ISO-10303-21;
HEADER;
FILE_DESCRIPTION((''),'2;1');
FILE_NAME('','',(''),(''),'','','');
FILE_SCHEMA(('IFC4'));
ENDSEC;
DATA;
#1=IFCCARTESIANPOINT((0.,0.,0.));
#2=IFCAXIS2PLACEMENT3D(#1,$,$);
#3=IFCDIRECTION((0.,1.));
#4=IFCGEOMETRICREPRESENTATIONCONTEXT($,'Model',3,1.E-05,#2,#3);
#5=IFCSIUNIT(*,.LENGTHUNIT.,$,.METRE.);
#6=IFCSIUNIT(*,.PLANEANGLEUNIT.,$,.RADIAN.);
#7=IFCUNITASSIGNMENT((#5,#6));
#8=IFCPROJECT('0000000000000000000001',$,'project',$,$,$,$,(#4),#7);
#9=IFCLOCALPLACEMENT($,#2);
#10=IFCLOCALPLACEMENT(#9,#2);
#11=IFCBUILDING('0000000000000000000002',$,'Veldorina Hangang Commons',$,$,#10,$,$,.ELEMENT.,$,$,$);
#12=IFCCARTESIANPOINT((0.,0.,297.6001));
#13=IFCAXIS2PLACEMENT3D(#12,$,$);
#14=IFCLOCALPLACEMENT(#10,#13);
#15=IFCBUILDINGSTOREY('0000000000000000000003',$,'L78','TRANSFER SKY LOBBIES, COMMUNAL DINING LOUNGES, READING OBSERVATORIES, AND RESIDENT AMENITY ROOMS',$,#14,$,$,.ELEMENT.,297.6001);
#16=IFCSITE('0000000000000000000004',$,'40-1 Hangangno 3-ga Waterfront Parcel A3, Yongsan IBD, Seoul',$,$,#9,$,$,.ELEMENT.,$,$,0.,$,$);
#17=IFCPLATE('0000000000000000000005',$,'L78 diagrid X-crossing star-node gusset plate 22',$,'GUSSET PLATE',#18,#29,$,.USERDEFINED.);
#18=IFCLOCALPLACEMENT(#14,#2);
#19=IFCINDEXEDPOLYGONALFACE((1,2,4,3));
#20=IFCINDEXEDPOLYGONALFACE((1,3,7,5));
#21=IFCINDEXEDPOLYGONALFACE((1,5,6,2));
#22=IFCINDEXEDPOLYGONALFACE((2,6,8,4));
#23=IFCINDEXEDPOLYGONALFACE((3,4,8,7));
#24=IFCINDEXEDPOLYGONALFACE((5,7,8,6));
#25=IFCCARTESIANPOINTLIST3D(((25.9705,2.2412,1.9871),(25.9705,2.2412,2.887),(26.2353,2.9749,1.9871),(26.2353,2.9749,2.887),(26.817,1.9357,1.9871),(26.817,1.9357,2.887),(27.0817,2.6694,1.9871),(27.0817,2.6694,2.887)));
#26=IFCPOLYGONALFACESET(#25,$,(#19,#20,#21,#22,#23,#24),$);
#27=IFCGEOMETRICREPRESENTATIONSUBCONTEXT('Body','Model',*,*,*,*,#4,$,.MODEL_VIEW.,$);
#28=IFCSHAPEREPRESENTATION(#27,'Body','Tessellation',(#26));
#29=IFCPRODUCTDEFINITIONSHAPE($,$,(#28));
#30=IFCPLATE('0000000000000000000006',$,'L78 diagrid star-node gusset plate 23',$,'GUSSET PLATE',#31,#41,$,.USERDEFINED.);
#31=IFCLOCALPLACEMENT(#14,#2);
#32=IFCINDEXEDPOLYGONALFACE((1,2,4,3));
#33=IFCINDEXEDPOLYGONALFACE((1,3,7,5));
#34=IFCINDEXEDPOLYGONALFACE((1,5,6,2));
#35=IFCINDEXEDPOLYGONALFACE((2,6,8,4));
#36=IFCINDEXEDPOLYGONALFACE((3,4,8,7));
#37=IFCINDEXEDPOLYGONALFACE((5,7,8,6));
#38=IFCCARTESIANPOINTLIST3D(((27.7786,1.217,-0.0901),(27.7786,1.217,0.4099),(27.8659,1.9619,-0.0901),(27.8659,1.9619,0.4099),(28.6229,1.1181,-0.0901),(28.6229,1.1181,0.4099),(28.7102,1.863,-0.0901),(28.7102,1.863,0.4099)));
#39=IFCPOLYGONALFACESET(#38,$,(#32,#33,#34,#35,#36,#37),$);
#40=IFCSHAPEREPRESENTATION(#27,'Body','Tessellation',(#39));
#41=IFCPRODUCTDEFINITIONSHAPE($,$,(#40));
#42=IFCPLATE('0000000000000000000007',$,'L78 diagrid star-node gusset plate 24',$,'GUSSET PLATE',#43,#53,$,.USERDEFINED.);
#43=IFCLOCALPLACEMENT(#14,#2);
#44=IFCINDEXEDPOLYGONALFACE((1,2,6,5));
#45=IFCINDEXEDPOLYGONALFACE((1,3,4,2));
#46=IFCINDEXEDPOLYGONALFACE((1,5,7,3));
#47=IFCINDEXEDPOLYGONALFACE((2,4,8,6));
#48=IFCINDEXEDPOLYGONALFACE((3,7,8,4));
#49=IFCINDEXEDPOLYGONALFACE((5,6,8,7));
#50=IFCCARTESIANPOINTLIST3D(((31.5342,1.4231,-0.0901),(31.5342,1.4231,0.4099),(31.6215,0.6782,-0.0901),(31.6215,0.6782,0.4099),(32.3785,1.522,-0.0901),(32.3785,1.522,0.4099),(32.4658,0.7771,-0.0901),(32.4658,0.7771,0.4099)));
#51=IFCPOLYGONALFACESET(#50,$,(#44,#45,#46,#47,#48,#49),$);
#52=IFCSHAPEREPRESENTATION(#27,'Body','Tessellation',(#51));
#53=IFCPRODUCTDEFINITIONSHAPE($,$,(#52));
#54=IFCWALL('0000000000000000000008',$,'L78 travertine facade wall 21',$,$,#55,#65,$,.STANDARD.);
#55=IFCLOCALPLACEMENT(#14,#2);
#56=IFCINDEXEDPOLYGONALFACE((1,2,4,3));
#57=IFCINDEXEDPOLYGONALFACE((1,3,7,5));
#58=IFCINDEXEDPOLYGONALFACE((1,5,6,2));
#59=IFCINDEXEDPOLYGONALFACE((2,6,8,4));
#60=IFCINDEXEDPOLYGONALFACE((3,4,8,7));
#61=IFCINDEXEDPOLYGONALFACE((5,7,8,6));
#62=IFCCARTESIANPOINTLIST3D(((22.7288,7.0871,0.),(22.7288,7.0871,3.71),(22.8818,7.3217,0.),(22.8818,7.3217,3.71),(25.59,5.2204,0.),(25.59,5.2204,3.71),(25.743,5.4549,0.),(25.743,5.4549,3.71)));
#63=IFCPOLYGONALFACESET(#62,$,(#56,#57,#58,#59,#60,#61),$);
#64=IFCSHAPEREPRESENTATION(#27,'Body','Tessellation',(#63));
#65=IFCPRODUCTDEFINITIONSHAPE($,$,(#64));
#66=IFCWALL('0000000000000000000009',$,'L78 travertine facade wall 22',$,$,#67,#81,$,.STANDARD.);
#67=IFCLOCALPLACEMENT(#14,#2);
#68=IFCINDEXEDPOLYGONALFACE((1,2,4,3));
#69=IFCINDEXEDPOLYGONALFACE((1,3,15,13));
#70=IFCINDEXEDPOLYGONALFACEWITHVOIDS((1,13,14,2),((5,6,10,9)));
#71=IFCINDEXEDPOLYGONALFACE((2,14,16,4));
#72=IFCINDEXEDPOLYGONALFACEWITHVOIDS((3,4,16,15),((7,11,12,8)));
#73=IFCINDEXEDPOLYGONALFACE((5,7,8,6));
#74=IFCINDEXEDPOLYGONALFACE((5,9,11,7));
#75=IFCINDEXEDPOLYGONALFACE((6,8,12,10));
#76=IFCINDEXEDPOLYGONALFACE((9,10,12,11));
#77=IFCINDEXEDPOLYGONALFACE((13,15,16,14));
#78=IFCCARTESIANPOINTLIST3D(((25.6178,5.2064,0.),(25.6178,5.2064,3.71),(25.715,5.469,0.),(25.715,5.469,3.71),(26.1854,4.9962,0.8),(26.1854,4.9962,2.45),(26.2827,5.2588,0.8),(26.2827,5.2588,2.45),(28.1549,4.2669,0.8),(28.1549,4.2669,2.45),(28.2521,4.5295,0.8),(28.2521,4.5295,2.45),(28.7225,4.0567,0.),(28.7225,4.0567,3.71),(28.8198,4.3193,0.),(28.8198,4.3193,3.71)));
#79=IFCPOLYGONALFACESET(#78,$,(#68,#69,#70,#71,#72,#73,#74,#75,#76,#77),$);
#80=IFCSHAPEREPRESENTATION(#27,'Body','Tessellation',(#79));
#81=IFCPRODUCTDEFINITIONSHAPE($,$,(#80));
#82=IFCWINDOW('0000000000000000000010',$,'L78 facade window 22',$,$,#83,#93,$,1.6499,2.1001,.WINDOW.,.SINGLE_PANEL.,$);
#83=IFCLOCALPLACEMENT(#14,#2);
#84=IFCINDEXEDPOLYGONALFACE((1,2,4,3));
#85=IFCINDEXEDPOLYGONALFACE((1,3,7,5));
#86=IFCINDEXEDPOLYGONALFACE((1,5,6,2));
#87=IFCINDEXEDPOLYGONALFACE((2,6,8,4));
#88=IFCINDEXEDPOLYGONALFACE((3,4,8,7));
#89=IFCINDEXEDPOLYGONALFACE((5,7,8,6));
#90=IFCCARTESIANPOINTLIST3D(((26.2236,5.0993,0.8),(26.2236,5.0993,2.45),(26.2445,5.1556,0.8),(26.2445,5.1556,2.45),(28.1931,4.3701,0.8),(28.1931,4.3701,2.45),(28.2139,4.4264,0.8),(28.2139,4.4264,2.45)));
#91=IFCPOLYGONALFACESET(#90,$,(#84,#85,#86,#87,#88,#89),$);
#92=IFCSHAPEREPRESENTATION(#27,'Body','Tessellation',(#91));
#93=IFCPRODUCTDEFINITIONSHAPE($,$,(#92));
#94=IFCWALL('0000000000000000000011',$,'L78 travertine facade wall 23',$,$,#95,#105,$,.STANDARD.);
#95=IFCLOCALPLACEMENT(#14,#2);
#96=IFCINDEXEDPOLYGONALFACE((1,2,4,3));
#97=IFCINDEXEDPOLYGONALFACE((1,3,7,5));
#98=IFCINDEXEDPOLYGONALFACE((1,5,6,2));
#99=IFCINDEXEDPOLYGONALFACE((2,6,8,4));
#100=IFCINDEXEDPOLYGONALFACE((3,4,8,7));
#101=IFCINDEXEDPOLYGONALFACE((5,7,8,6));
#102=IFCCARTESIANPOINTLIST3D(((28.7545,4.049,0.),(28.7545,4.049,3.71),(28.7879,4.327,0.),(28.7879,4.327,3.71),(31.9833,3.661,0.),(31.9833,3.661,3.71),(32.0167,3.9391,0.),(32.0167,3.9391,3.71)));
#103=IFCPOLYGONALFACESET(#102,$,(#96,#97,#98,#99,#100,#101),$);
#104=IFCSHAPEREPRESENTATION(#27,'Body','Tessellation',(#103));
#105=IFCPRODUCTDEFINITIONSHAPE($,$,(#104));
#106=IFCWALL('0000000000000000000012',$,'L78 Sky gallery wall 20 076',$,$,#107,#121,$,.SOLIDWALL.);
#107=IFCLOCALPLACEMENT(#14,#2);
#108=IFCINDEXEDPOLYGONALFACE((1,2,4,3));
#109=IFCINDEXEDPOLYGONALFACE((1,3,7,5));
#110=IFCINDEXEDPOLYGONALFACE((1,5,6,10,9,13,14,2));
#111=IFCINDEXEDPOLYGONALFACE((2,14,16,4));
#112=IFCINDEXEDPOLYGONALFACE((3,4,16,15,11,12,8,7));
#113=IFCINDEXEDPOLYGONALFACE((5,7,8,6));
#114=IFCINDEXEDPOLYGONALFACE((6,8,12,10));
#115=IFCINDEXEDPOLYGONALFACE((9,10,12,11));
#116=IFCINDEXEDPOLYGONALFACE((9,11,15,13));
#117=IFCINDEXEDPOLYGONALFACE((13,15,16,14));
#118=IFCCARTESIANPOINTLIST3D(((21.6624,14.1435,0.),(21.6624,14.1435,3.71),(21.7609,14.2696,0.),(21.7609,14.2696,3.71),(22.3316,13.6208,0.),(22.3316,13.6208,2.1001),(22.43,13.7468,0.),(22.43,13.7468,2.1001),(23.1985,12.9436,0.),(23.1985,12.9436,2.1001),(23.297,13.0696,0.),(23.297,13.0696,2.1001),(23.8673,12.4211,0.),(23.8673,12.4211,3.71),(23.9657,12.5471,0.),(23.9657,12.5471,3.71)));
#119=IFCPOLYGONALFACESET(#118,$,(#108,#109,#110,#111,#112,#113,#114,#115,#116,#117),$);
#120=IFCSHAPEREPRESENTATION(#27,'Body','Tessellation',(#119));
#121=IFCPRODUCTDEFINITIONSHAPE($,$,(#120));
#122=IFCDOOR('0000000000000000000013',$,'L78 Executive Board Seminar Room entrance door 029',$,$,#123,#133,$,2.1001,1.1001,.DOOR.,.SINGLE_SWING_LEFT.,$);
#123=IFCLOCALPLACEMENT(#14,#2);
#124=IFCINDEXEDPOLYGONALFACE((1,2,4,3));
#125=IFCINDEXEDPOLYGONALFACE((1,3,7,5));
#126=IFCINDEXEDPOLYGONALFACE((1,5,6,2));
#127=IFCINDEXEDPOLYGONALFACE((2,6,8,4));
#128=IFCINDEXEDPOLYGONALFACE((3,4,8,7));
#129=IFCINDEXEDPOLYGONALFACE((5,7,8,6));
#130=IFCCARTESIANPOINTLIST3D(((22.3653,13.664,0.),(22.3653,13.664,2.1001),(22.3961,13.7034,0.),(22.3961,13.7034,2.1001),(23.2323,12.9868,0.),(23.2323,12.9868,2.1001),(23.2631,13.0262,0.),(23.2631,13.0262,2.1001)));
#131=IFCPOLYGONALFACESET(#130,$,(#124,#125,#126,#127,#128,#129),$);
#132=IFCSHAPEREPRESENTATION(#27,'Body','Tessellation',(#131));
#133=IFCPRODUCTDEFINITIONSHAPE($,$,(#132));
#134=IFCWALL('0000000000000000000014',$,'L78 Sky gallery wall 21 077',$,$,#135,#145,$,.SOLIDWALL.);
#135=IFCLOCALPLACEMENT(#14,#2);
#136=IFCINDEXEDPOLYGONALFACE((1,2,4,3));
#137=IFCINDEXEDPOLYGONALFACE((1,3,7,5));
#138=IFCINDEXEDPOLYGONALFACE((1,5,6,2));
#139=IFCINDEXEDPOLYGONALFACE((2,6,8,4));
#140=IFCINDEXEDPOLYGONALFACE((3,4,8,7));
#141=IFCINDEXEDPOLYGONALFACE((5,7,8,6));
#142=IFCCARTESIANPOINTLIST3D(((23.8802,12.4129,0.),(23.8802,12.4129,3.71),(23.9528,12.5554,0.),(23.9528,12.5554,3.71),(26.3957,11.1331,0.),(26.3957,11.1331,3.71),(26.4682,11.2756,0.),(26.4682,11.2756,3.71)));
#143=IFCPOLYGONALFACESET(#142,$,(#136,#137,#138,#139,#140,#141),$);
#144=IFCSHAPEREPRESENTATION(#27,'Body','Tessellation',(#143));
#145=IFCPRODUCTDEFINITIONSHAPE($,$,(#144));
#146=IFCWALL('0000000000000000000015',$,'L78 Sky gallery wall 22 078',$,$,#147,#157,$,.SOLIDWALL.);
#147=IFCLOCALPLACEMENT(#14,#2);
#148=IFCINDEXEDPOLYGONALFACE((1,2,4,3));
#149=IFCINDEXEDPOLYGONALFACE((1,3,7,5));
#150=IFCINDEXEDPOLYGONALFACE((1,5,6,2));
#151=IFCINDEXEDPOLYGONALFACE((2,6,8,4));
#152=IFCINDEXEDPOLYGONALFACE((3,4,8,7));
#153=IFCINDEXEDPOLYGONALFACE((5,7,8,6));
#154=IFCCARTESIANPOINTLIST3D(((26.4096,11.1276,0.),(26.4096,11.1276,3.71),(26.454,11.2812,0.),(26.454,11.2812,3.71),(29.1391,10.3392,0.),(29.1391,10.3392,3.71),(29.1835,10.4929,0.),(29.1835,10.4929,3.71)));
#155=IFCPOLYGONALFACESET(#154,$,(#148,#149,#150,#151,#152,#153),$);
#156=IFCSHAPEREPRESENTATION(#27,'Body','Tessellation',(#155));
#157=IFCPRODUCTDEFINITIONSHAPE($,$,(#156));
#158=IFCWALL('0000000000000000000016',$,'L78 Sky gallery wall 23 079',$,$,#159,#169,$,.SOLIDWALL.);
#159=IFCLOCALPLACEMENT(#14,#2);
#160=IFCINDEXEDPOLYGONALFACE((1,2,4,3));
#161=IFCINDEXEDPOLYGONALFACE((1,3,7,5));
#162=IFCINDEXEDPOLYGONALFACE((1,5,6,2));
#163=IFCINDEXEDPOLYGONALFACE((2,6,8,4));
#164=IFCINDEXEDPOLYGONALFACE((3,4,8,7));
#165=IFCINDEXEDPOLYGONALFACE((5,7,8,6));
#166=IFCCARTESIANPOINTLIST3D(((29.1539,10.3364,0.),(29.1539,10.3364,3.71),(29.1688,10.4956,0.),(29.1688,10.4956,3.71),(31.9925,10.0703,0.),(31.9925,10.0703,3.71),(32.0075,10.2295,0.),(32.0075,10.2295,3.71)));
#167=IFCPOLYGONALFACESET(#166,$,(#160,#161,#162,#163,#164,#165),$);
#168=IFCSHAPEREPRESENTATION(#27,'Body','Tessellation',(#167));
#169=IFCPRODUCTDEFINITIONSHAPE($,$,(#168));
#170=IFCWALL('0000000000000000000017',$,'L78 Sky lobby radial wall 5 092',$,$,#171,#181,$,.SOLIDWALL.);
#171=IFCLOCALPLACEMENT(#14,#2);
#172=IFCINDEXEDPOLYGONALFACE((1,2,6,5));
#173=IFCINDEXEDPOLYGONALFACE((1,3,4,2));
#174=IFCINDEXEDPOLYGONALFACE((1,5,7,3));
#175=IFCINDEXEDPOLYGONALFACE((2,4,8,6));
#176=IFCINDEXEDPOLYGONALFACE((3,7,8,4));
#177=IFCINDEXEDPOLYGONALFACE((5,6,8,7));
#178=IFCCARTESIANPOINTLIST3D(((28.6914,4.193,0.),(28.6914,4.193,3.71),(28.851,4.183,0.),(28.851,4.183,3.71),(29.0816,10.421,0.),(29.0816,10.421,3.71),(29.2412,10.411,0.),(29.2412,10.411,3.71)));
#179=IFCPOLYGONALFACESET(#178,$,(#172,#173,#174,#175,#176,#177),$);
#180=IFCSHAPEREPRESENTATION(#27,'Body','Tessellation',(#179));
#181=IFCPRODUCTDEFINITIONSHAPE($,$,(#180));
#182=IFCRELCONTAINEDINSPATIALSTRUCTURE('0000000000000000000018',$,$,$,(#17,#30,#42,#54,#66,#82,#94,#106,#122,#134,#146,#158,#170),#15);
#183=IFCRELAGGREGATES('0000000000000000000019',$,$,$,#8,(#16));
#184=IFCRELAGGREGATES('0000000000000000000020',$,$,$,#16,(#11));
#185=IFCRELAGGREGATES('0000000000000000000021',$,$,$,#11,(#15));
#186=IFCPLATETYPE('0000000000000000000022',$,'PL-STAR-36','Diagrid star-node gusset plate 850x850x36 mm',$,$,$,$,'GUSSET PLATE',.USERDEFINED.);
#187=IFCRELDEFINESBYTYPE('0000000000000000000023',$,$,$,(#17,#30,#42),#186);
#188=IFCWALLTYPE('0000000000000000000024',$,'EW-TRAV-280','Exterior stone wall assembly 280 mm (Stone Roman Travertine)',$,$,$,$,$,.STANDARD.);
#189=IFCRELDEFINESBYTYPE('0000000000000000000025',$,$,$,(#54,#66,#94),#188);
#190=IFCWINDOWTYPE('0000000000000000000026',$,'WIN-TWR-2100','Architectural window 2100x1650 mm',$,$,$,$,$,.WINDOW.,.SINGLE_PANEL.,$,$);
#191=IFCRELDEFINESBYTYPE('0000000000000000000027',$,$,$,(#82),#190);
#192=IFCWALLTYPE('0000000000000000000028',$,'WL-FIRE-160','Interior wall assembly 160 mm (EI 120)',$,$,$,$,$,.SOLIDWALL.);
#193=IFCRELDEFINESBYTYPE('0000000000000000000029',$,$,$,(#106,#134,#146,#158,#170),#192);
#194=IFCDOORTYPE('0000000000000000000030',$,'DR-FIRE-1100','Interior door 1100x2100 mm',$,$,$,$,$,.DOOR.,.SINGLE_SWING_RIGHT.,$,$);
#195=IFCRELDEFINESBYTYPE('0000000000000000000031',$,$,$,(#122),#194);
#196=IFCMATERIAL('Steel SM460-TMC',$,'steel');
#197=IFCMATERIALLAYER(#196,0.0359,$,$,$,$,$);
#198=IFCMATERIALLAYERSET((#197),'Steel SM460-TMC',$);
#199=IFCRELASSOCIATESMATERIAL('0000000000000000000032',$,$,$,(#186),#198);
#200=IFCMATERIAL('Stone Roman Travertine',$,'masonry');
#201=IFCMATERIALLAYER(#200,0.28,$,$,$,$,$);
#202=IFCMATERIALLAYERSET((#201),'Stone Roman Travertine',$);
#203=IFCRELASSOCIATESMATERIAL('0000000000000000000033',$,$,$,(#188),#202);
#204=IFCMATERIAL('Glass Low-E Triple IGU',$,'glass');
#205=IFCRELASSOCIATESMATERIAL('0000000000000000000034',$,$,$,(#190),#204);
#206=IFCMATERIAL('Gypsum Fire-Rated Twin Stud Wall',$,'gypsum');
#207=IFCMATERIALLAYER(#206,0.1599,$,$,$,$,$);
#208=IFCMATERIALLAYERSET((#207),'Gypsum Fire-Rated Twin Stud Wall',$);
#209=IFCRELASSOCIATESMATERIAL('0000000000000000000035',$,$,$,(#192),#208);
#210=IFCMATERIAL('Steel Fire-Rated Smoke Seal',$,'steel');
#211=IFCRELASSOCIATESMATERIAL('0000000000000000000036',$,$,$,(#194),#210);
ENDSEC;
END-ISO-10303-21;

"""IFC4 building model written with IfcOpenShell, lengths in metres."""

from ifc_helpers import new_model, si_unit, direction, frame, frame_2d, origin, origin_2d, place, context, subcontext, project, spatial, rectangle, extrude, material, layer, layer_set, type_object, element, fill, save


model = new_model("IFC4")

# Units and contexts
model_context = context("Model", 3, precision=1e-05, world=origin(), true_north=direction((0.0, 1.0)))
body_context = subcontext(model_context, "Body", "Model", "MODEL_VIEW")
ifc_project = project(units=[si_unit("LENGTHUNIT", "METRE"), si_unit("PLANEANGLEUNIT", "RADIAN")], contexts=[model_context])

# Site, building, storey
site_placement = place(None, origin())
site = spatial("IfcSite", under=ifc_project, at=site_placement, Name="40-1 Hangangno 3-ga Waterfront Parcel A3, Yongsan IBD, Seoul", CompositionType="ELEMENT", RefElevation=0.0)
building_placement = place(site_placement, origin())
building = spatial("IfcBuilding", under=site, at=building_placement, Name="Veldorina Hangang Commons", CompositionType="ELEMENT")
storey_placement = place(building_placement, frame((0.0, 0.0, 297.6001)))
storey = spatial("IfcBuildingStorey", under=building, at=storey_placement, Name="L78", Description="TRANSFER SKY LOBBIES, COMMUNAL DINING LOUNGES, READING OBSERVATORIES, AND RESIDENT AMENITY ROOMS", CompositionType="ELEMENT", Elevation=297.6001)

# Shared definitions
ifc_material_1 = material(Name="Steel SM460-TMC", Category="steel")

# Plates
ifc_layer_1 = layer(ifc_material_1, 0.0359)
ifc_layer_set_1 = layer_set([ifc_layer_1], Name="Steel SM460-TMC")
plate_type = type_object("IfcPlateType", Name="PL-STAR-36", Description="Diagrid star-node gusset plate 850x850x36 mm", ElementType="GUSSET PLATE", PredefinedType="USERDEFINED", material=ifc_layer_set_1)
plate_1_placement = place(storey_placement, frame((26.5261, 2.4553, 1.9871), z_axis=(0.0, 0.0, 1.0), x_axis=(0.940626, -0.339444, 0.0)))
element("IfcPlate", 1, at=plate_1_placement, inside=storey, type_object=plate_type, Name="L78 diagrid X-crossing star-node gusset plate 22", ObjectType="GUSSET PLATE", PredefinedType="USERDEFINED", context=body_context, shape_type="SweptSolid", body=[
    extrude(rectangle(XDim=0.8999, YDim=0.78, at=origin_2d()), origin(), (0.0, 0.0, 1.0), 0.8999),
])
for number, where, z_axis, x_axis, name in (
    (2, (28.2444, 1.54, -0.0901), (0.0, 0.0, 1.0), (0.993207, -0.116359, 0.0), "L78 diagrid star-node gusset plate 23"),
    (3, (32.0, 1.1001, -0.0901), (0.0, 0.0, 1.0), (0.993207, 0.116359, 0.0), "L78 diagrid star-node gusset plate 24"),
):
    element("IfcPlate", number, at=place(storey_placement, frame(where, z_axis=z_axis, x_axis=x_axis)), inside=storey, type_object=plate_type, Name=name, ObjectType="GUSSET PLATE", PredefinedType="USERDEFINED", context=body_context, shape_type="SweptSolid", body=[
        extrude(rectangle(XDim=0.8501, YDim=0.75, at=origin_2d()), origin(), (0.0, 0.0, 1.0), 0.5),
    ])

# Wall
ifc_material_2 = material(Name="Stone Roman Travertine", Category="masonry")
ifc_layer_2 = layer(ifc_material_2, 0.28)
ifc_layer_set_2 = layer_set([ifc_layer_2], Name="Stone Roman Travertine")
wall_type_1 = type_object("IfcWallType", Name="EW-TRAV-280", Description="Exterior stone wall assembly 280 mm (Stone Roman Travertine)", PredefinedType="STANDARD", material=ifc_layer_set_2)
wall_1_placement = place(storey_placement, frame((22.8054, 7.2043, 0.0), z_axis=(0.0, 0.0, 1.0), x_axis=(0.837507, -0.546427, 0.0)))
element("IfcWall", 4, at=wall_1_placement, inside=storey, type_object=wall_type_1, Name="L78 travertine facade wall 21", PredefinedType="STANDARD", context=body_context, shape_type="SweptSolid", body=[
    extrude(rectangle(XDim=3.4163, YDim=0.28, at=frame_2d((1.708, 0.0))), origin(), (0.0, 0.0, 1.0), 3.71),
])

# Wall, opening, window
wall_2_placement = place(storey_placement, frame((25.6665, 5.3376, 0.0), z_axis=(0.0, 0.0, 1.0), x_axis=(0.937773, -0.34725, 0.0)))
wall_2 = element("IfcWall", 5, at=wall_2_placement, inside=storey, type_object=wall_type_1, Name="L78 travertine facade wall 22", PredefinedType="STANDARD", context=body_context, shape_type="SweptSolid", body=[
    extrude(rectangle(XDim=3.3108, YDim=0.28, at=frame_2d((1.6553, 0.0))), origin(), (0.0, 0.0, 1.0), 3.71),
])
opening_1_placement = place(wall_2_placement, frame((0.6052, 0.0, 0.8)))
opening_1 = element("IfcOpeningElement", 6, at=opening_1_placement, cuts=wall_2, PredefinedType="OPENING", context=body_context, shape_type="SweptSolid", body=[
    extrude(rectangle(XDim=2.1001, YDim=1.6499, at=frame_2d((1.05, 0.825))), frame((0.0, 0.1499, 0.0), z_axis=(0.0, -1.0, 0.0), x_axis=(1.0, 0.0, 0.0)), (0.0, 0.0, 1.0), 0.3),
])
ifc_material_3 = material(Name="Glass Low-E Triple IGU", Category="glass")
window_type = type_object("IfcWindowType", Name="WIN-TWR-2100", Description="Architectural window 2100x1650 mm", PartitioningType="SINGLE_PANEL", PredefinedType="WINDOW", material=ifc_material_3)
window_placement = place(opening_1_placement, origin())
window = element("IfcWindow", 7, at=window_placement, inside=storey, type_object=window_type, Name="L78 facade window 22", OverallHeight=1.6499, OverallWidth=2.1001, PartitioningType="SINGLE_PANEL", PredefinedType="WINDOW", context=body_context, shape_type="SweptSolid", body=[
    extrude(rectangle(XDim=2.1001, YDim=1.6499, at=frame_2d((1.05, 0.825))), frame((0.0, 0.03, 0.0), z_axis=(0.0, -1.0, 0.0), x_axis=(1.0, 0.0, 0.0)), (0.0, 0.0, 1.0), 0.0601),
])
fill(opening_1, window)

# Wall
wall_3_placement = place(storey_placement, frame((28.7712, 4.188, 0.0), z_axis=(0.0, 0.0, 1.0), x_axis=(0.992859, -0.119293, 0.0)))
element("IfcWall", 8, at=wall_3_placement, inside=storey, type_object=wall_type_1, Name="L78 travertine facade wall 23", PredefinedType="STANDARD", context=body_context, shape_type="SweptSolid", body=[
    extrude(rectangle(XDim=3.252, YDim=0.28, at=frame_2d((1.626, 0.0))), origin(), (0.0, 0.0, 1.0), 3.71),
])

# Wall, opening, door
ifc_material_4 = material(Name="Gypsum Fire-Rated Twin Stud Wall", Category="gypsum")
ifc_layer_3 = layer(ifc_material_4, 0.1599)
ifc_layer_set_3 = layer_set([ifc_layer_3], Name="Gypsum Fire-Rated Twin Stud Wall")
wall_type_2 = type_object("IfcWallType", Name="WL-FIRE-160", Description="Interior wall assembly 160 mm (EI 120)", PredefinedType="SOLIDWALL", material=ifc_layer_set_3)
wall_4_placement = place(storey_placement, frame((21.7117, 14.2065, 0.0), z_axis=(0.0, 0.0, 1.0), x_axis=(0.788044, -0.615619, 0.0)))
wall_4 = element("IfcWall", 9, at=wall_4_placement, inside=storey, type_object=wall_type_2, Name="L78 Sky gallery wall 20 076", PredefinedType="SOLIDWALL", context=body_context, shape_type="SweptSolid", body=[
    extrude(rectangle(XDim=2.7979, YDim=0.1599, at=frame_2d((1.3989, 0.0))), origin(), (0.0, 0.0, 1.0), 3.71),
])
opening_2_placement = place(wall_4_placement, frame((0.8491, 0.0, 0.0)))
opening_2 = element("IfcOpeningElement", 10, at=opening_2_placement, cuts=wall_4, PredefinedType="OPENING", context=body_context, shape_type="SweptSolid", body=[
    extrude(rectangle(XDim=1.1001, YDim=2.1001, at=frame_2d((0.55, 1.05))), frame((0.0, 0.0898, 0.0), z_axis=(0.0, -1.0, 0.0), x_axis=(1.0, 0.0, 0.0)), (0.0, 0.0, 1.0), 0.1799),
])
ifc_material_5 = material(Name="Steel Fire-Rated Smoke Seal", Category="steel")
door_type_1 = type_object("IfcDoorType", Name="DR-FIRE-1100", Description="Interior door 1100x2100 mm", OperationType="SINGLE_SWING_RIGHT", PredefinedType="DOOR", material=ifc_material_5)
door_1_placement = place(opening_2_placement, origin())
door_1 = element("IfcDoor", 11, at=door_1_placement, inside=storey, type_object=door_type_1, Name="L78 Executive Board Seminar Room entrance door 029", OperationType="SINGLE_SWING_LEFT", OverallHeight=2.1001, OverallWidth=1.1001, PredefinedType="DOOR", context=body_context, shape_type="SweptSolid", body=[
    extrude(rectangle(XDim=1.1001, YDim=2.1001, at=frame_2d((0.55, 1.05))), frame((0.0, 0.0249, 0.0), z_axis=(0.0, -1.0, 0.0), x_axis=(1.0, 0.0, 0.0)), (0.0, 0.0, 1.0), 0.05),
])
fill(opening_2, door_1)

# Walls
wall_5_placement = place(storey_placement, frame((23.9165, 12.4841, 0.0), z_axis=(0.0, 0.0, 1.0), x_axis=(0.891274, -0.453466, 0.0)))
element("IfcWall", 12, at=wall_5_placement, inside=storey, type_object=wall_type_2, Name="L78 Sky gallery wall 21 077", PredefinedType="SOLIDWALL", context=body_context, shape_type="SweptSolid", body=[
    extrude(rectangle(XDim=2.8223, YDim=0.1599, at=frame_2d((1.4111, 0.0))), origin(), (0.0, 0.0, 1.0), 3.71),
])
wall_6_placement = place(storey_placement, frame((26.4319, 11.2043, 0.0), z_axis=(0.0, 0.0, 1.0), x_axis=(0.960732, -0.277478, 0.0)))
element("IfcWall", 13, at=wall_6_placement, inside=storey, type_object=wall_type_2, Name="L78 Sky gallery wall 22 078", PredefinedType="SOLIDWALL", context=body_context, shape_type="SweptSolid", body=[
    extrude(rectangle(XDim=2.8411, YDim=0.1599, at=frame_2d((1.4204, 0.0))), origin(), (0.0, 0.0, 1.0), 3.71),
])
wall_7_placement = place(storey_placement, frame((29.1614, 10.416, 0.0), z_axis=(0.0, 0.0, 1.0), x_axis=(0.995634, -0.093338, 0.0)))
element("IfcWall", 14, at=wall_7_placement, inside=storey, type_object=wall_type_2, Name="L78 Sky gallery wall 23 079", PredefinedType="SOLIDWALL", context=body_context, shape_type="SweptSolid", body=[
    extrude(rectangle(XDim=2.8511, YDim=0.1599, at=frame_2d((1.4255, 0.0))), origin(), (0.0, 0.0, 1.0), 3.71),
])
wall_8_placement = place(storey_placement, frame((29.1614, 10.416, 0.0), z_axis=(0.0, 0.0, 1.0), x_axis=(-0.06252, -0.998044, 0.0)))
element("IfcWall", 15, at=wall_8_placement, inside=storey, type_object=wall_type_2, Name="L78 Sky lobby radial wall 5 092", PredefinedType="SOLIDWALL", context=body_context, shape_type="SweptSolid", body=[
    extrude(rectangle(XDim=6.2402, YDim=0.1599, at=frame_2d((3.1201, 0.0))), origin(), (0.0, 0.0, 1.0), 3.71),
])

save(model, "model.ifc")
